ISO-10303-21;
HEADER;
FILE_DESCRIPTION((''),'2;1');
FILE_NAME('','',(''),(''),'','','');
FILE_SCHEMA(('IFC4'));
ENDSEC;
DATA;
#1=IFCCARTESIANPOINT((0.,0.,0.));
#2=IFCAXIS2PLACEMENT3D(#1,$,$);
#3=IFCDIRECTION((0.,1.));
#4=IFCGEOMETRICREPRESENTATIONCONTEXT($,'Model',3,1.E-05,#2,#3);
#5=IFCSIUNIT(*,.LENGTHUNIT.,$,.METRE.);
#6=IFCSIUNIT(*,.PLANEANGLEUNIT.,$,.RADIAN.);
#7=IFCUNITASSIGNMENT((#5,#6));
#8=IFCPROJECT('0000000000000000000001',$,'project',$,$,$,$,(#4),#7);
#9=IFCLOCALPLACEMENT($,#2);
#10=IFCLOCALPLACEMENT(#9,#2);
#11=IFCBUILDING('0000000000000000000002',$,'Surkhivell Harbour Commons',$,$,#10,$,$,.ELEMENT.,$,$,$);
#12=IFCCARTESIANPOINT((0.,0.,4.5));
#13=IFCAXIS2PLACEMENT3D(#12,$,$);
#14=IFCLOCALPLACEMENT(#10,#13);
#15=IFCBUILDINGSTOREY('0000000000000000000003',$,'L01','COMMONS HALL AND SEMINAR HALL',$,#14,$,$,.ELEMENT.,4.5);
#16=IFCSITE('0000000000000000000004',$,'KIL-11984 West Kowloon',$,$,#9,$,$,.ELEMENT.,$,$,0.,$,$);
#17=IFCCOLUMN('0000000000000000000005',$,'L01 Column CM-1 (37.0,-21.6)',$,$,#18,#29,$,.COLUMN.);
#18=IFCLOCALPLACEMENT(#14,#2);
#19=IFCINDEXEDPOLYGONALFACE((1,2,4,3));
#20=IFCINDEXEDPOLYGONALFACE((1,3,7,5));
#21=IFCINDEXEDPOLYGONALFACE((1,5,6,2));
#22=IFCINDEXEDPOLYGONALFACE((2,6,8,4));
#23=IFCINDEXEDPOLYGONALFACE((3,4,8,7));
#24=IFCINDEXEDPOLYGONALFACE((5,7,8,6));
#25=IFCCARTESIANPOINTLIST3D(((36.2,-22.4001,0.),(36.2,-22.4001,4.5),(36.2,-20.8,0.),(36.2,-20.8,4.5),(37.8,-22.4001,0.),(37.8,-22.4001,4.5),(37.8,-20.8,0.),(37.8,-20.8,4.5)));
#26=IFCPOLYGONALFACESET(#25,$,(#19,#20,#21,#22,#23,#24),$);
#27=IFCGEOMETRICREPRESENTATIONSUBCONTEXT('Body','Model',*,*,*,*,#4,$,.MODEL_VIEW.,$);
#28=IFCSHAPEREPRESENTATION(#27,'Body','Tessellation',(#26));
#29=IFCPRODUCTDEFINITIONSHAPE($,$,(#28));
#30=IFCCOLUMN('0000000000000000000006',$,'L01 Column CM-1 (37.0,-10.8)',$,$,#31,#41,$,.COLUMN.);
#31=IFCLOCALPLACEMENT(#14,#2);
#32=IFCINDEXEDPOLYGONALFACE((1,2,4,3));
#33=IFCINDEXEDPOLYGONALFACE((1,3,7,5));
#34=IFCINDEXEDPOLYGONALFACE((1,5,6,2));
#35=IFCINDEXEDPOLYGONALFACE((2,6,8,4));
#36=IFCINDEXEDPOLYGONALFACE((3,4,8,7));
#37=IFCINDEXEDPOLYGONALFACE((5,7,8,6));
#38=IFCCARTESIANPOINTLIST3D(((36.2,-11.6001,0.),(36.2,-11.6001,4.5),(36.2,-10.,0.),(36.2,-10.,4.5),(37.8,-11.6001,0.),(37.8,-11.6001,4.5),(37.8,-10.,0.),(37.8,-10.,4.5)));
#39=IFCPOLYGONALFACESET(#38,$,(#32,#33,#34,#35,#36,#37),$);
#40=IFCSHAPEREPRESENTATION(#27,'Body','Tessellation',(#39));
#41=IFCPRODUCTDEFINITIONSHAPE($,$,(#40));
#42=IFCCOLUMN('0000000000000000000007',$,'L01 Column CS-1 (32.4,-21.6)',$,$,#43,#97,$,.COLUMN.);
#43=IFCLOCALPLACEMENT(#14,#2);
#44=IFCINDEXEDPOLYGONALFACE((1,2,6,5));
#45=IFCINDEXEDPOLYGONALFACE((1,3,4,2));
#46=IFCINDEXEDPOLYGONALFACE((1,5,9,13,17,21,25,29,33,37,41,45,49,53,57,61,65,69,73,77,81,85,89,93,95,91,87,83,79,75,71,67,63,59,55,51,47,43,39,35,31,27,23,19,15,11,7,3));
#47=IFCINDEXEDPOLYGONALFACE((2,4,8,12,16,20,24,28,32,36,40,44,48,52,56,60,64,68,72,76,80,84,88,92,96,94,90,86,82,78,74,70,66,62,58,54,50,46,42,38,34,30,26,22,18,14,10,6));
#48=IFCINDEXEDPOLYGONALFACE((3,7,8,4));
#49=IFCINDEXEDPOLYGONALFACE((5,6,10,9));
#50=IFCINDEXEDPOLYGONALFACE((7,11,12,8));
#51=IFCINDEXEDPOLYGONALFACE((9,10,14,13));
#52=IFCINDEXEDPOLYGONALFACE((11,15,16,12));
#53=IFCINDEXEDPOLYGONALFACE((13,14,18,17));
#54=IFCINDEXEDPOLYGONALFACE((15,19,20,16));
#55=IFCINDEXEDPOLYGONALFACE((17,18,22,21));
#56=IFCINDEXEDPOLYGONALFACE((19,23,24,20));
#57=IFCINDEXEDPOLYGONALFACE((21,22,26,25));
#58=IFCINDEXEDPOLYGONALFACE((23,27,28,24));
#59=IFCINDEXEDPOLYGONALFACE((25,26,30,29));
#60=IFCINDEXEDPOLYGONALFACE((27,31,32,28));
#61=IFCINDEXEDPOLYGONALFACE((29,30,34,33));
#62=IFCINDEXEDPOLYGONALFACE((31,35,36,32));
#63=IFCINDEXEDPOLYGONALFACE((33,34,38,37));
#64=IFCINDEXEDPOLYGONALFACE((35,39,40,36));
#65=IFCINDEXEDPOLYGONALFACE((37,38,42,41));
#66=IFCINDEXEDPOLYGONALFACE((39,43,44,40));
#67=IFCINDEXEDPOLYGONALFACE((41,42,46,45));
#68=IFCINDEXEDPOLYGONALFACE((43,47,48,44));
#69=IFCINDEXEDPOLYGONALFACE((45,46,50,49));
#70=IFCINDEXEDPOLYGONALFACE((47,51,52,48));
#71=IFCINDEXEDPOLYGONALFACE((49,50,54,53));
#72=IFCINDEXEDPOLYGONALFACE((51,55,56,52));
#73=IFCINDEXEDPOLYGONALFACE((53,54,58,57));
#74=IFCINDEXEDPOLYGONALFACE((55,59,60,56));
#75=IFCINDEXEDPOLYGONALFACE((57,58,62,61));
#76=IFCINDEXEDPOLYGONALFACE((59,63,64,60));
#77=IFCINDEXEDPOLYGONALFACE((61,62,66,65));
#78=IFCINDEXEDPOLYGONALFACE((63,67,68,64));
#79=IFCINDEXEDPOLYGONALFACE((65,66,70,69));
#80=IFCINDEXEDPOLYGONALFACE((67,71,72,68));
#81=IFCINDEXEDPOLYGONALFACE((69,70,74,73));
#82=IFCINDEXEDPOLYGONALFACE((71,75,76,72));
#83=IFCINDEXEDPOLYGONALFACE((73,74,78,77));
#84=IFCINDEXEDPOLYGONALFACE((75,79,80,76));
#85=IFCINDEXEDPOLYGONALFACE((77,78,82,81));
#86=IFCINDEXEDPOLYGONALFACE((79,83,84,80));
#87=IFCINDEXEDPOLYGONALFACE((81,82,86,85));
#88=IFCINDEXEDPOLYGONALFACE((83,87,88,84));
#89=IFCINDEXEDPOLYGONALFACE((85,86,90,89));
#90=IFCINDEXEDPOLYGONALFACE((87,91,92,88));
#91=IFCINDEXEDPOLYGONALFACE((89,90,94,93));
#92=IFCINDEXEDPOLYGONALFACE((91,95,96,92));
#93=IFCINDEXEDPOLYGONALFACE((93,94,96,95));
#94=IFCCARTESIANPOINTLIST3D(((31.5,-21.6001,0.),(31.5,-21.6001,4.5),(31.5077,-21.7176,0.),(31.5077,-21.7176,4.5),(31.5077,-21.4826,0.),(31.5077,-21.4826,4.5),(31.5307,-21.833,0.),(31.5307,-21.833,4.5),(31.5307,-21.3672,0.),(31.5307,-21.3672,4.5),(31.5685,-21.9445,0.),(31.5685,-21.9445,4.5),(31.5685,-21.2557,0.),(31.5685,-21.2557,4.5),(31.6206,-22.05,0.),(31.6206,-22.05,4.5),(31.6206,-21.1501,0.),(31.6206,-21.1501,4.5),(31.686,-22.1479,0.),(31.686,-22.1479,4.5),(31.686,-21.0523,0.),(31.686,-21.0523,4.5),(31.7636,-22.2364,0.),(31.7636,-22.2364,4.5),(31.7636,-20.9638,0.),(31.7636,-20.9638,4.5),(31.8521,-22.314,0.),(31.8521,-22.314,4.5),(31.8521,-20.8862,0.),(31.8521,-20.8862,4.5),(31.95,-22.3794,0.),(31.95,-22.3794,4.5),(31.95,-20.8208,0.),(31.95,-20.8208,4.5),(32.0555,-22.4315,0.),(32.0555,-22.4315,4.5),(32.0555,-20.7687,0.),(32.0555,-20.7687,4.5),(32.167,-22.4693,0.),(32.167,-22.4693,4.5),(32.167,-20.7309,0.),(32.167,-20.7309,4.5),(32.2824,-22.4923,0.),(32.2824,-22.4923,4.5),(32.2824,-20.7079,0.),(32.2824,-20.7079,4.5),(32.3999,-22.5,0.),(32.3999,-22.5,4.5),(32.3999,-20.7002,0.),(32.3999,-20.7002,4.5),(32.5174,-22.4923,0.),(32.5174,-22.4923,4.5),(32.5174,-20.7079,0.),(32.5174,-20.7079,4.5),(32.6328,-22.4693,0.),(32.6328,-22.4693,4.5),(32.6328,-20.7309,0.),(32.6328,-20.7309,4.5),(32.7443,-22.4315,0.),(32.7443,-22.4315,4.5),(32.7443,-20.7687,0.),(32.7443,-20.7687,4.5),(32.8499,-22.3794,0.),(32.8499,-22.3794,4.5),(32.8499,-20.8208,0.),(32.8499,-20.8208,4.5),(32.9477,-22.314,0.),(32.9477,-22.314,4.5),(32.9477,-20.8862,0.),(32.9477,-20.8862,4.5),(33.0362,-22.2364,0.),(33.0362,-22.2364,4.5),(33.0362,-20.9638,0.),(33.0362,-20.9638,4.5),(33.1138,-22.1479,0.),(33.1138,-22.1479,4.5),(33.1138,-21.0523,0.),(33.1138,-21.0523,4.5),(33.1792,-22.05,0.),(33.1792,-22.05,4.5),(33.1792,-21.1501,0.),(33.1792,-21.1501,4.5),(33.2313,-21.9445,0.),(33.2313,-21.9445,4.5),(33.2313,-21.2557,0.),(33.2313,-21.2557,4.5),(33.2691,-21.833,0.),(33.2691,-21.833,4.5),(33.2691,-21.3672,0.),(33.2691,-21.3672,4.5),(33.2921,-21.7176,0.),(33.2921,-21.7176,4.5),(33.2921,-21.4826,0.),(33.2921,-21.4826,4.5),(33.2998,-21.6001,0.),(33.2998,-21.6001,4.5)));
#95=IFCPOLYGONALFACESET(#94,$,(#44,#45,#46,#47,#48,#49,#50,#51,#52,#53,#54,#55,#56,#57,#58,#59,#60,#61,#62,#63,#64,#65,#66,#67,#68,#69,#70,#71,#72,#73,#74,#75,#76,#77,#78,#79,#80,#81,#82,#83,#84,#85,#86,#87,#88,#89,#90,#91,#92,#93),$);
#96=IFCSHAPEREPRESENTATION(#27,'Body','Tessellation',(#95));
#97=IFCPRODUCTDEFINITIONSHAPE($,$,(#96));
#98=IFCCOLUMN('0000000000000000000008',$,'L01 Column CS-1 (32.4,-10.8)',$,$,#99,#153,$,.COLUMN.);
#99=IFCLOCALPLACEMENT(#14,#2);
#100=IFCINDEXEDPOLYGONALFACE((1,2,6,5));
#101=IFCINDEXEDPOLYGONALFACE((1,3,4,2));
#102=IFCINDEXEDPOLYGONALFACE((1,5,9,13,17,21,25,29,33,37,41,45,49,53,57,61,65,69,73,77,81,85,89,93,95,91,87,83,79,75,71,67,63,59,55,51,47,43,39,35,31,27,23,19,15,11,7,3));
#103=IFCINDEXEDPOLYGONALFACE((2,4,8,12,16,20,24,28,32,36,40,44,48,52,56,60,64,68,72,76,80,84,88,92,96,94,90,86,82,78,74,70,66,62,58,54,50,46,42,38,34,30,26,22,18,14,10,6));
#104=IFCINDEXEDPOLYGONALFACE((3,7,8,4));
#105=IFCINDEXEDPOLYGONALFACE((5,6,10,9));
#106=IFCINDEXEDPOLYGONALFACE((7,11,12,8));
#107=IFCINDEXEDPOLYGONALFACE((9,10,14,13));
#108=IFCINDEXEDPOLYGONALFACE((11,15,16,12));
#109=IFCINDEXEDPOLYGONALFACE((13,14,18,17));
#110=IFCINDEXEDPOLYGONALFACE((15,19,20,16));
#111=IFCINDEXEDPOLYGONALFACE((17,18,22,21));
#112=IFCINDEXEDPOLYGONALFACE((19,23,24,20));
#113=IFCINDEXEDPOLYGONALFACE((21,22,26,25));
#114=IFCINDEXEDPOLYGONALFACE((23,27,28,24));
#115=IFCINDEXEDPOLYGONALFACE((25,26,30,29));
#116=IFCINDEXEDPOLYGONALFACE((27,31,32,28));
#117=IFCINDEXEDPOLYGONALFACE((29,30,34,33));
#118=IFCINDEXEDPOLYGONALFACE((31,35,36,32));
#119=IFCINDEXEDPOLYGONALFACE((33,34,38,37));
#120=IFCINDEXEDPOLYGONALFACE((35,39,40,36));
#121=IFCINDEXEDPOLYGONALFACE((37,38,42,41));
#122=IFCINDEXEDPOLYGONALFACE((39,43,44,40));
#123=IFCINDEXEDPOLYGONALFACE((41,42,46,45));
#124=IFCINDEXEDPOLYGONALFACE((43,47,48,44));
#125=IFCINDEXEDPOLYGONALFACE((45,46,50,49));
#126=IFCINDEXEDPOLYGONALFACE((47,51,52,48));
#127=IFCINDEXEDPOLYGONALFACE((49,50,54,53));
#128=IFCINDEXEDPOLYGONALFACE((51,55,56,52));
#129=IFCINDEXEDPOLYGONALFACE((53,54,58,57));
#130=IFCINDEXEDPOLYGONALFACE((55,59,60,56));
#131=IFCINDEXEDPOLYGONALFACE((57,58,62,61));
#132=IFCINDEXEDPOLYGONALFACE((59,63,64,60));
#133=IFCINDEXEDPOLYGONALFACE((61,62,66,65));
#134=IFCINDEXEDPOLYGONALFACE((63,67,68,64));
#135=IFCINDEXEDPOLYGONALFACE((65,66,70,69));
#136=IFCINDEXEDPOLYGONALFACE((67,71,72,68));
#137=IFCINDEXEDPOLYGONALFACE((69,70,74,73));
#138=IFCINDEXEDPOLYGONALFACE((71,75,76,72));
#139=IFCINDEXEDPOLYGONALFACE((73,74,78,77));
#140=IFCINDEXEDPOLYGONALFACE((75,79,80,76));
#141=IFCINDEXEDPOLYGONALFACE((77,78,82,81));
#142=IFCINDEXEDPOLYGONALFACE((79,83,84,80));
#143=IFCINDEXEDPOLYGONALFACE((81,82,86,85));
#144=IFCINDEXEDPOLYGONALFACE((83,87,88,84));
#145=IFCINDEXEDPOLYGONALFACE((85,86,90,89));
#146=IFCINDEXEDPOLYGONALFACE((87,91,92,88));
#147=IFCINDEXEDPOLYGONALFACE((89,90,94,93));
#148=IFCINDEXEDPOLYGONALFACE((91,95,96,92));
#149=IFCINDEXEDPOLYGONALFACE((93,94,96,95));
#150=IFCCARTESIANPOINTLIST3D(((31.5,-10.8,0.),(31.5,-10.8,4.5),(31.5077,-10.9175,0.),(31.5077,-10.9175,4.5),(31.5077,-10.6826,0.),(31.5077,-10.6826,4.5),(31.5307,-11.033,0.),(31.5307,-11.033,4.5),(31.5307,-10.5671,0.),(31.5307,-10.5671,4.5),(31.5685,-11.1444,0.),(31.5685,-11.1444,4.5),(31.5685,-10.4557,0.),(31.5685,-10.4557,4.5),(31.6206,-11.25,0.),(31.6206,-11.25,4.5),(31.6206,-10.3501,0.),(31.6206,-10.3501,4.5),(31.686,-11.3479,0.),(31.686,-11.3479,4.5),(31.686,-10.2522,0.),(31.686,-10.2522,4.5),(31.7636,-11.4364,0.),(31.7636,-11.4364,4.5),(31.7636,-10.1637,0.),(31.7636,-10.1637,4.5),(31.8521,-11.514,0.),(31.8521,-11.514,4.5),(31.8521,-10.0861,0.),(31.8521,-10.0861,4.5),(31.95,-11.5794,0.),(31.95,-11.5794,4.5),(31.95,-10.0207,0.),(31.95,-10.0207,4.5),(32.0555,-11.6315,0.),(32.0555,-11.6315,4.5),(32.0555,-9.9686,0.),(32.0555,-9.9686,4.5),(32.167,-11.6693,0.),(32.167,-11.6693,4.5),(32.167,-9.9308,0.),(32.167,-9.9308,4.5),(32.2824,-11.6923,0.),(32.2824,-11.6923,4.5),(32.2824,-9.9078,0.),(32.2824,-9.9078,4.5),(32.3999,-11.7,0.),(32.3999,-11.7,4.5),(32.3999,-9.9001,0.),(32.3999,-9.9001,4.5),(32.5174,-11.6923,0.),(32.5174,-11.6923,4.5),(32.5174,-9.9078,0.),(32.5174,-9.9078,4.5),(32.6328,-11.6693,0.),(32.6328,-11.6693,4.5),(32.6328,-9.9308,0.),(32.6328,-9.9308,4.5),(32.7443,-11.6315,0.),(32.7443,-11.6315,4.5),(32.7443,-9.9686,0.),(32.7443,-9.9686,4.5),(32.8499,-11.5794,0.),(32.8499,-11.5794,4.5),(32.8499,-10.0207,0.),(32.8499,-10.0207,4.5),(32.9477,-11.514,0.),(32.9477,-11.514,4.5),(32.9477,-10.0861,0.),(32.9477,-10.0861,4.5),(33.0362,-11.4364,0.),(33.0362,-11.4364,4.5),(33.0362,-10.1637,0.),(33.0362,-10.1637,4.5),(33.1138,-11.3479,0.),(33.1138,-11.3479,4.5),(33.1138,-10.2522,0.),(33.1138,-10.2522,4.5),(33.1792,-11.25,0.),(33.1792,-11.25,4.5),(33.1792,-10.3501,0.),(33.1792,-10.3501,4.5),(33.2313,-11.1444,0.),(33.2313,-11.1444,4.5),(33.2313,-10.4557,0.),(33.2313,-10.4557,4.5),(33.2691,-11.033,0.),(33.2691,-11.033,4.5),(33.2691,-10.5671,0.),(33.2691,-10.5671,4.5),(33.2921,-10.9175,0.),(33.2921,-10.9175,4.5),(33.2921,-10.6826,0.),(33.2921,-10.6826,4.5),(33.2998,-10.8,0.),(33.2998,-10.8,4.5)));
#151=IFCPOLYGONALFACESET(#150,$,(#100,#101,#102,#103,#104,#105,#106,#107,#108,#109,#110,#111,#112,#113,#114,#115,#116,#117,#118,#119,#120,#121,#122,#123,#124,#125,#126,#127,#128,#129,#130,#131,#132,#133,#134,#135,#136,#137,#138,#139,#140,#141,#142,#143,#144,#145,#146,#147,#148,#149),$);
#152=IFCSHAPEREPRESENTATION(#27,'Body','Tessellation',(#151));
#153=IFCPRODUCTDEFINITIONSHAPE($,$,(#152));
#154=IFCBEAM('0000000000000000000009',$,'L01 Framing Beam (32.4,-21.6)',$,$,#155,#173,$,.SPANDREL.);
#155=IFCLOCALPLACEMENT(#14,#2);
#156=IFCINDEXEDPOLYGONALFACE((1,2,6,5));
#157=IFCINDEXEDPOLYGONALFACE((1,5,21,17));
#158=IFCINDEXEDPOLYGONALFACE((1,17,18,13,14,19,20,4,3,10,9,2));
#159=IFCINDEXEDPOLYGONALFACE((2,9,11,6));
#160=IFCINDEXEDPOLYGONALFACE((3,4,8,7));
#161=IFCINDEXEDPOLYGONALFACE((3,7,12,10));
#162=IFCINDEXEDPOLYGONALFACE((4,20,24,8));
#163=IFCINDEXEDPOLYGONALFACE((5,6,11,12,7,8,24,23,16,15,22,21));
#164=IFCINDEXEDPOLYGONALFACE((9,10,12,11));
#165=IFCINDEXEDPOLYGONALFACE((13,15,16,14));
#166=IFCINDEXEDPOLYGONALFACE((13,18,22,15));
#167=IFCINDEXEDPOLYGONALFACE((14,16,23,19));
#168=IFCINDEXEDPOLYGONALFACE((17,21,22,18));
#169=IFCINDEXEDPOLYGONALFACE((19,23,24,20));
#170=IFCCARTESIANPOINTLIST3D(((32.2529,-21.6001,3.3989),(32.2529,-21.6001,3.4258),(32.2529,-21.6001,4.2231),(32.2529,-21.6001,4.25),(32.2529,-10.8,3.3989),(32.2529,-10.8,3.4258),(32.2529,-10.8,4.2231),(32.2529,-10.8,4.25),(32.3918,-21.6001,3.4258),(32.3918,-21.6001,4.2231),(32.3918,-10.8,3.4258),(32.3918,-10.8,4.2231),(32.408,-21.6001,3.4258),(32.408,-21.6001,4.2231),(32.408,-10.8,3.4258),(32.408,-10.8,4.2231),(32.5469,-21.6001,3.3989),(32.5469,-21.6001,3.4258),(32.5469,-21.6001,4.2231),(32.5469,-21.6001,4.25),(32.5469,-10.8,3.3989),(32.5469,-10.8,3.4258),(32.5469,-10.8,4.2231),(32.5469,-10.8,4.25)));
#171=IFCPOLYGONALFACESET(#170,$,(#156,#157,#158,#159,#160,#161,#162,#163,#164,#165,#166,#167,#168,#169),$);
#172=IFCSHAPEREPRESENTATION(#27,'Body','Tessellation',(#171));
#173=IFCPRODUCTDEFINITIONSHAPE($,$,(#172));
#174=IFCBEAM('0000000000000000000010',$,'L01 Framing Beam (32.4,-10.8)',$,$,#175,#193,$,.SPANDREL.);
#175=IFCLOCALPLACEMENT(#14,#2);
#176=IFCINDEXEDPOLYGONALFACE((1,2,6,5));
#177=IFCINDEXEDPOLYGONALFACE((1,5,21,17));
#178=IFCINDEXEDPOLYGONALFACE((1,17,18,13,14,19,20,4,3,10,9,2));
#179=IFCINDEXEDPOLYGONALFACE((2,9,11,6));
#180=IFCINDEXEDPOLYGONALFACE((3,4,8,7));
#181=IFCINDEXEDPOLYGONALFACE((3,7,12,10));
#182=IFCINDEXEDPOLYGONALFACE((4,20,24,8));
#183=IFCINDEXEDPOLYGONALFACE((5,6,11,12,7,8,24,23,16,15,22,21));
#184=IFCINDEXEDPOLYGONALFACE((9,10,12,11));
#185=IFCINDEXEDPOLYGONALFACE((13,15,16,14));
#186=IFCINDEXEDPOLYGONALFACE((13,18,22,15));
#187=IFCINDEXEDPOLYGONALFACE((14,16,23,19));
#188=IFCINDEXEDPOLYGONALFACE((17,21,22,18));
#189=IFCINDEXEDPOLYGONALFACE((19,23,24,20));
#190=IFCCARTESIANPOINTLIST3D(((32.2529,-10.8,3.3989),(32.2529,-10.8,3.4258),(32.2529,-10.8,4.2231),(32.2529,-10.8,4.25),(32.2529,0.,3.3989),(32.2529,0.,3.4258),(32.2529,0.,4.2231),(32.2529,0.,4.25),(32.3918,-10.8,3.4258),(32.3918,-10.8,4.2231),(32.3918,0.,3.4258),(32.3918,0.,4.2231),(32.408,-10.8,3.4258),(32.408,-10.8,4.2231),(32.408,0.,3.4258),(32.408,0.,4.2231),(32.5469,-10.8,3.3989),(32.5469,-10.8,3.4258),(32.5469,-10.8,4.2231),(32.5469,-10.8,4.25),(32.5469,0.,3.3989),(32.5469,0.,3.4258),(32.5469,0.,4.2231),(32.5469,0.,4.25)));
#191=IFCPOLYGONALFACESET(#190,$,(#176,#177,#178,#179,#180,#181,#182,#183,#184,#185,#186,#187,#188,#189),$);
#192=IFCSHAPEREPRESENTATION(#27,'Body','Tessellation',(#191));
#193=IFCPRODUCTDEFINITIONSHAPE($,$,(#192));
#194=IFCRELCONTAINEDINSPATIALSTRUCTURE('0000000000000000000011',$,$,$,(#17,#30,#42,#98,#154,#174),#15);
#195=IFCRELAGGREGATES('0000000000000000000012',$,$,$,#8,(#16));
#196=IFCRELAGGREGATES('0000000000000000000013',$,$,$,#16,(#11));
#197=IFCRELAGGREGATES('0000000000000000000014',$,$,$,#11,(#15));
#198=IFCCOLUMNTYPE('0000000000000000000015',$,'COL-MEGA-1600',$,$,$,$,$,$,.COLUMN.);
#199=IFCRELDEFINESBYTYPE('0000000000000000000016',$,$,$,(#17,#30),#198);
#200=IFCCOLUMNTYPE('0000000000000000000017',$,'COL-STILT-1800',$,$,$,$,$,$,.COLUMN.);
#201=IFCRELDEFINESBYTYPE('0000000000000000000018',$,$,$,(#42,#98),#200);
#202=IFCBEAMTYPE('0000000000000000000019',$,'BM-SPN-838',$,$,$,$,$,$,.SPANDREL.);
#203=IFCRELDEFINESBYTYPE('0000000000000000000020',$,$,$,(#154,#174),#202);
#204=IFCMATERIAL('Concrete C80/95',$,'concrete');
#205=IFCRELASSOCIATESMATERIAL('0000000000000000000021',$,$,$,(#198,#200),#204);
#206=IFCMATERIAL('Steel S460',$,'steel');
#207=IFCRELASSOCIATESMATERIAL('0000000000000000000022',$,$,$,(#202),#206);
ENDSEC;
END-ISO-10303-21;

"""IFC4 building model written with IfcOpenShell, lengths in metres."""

from ifc_helpers import new_model, si_unit, direction, frame, origin, origin_2d, place, context, subcontext, project, spatial, rectangle, circle, i_section, extrude, material, material_profile, profile_set, type_object, element, save


model = new_model("IFC4")

# Units and contexts
model_context = context("Model", 3, precision=1e-05, world=origin(), true_north=direction((0.0, 1.0)))
body_context = subcontext(model_context, "Body", "Model", "MODEL_VIEW")
ifc_project = project(units=[si_unit("LENGTHUNIT", "METRE"), si_unit("PLANEANGLEUNIT", "RADIAN")], contexts=[model_context])

# Site, building, storey
site_placement = place(None, origin())
site = spatial("IfcSite", under=ifc_project, at=site_placement, Name="KIL-11984 West Kowloon", CompositionType="ELEMENT", RefElevation=0.0)
building_placement = place(site_placement, origin())
building = spatial("IfcBuilding", under=site, at=building_placement, Name="Surkhivell Harbour Commons", CompositionType="ELEMENT")
storey_placement = place(building_placement, frame((0.0, 0.0, 4.5)))
storey = spatial("IfcBuildingStorey", under=building, at=storey_placement, Name="L01", Description="COMMONS HALL AND SEMINAR HALL", CompositionType="ELEMENT", Elevation=4.5)

# Columns
ifc_material_1 = material(Name="Concrete C80/95", Category="concrete")
ifc_material_profile_1 = material_profile(ifc_material_1, rectangle(XDim=1.6001, YDim=1.6001, at=origin_2d()), Name="RC-COL-1600x1600")
ifc_profile_set_1 = profile_set([ifc_material_profile_1], Name="Concrete C80/95")
column_type_1 = type_object("IfcColumnType", Name="COL-MEGA-1600", PredefinedType="COLUMN", material=ifc_profile_set_1)
for number, where, z_axis, x_axis, name in (
    (1, (37.0, -21.6001, 0.0), (0.0, 0.0, 1.0), (1.0, 0.0, 0.0), "L01 Column CM-1 (37.0,-21.6)"),
    (2, (37.0, -10.8, 0.0), (0.0, 0.0, 1.0), (1.0, 0.0, 0.0), "L01 Column CM-1 (37.0,-10.8)"),
):
    element("IfcColumn", number, at=place(storey_placement, frame(where, z_axis=z_axis, x_axis=x_axis)), inside=storey, type_object=column_type_1, Name=name, PredefinedType="COLUMN", context=body_context, shape_type="SweptSolid", body=[
        extrude(rectangle(XDim=1.6001, YDim=1.6001, at=origin_2d()), origin(), (0.0, 0.0, 1.0), 4.5),
    ])
ifc_material_profile_2 = material_profile(ifc_material_1, circle(Radius=0.8999, at=origin_2d()), Name="RC-CIRC-1800")
ifc_profile_set_2 = profile_set([ifc_material_profile_2], Name="Concrete C80/95")
column_type_2 = type_object("IfcColumnType", Name="COL-STILT-1800", PredefinedType="COLUMN", material=ifc_profile_set_2)
for number, where, z_axis, x_axis, name in (
    (3, (32.3999, -21.6001, 0.0), (0.0, 0.0, 1.0), (1.0, 0.0, 0.0), "L01 Column CS-1 (32.4,-21.6)"),
    (4, (32.3999, -10.8, 0.0), (0.0, 0.0, 1.0), (1.0, 0.0, 0.0), "L01 Column CS-1 (32.4,-10.8)"),
):
    element("IfcColumn", number, at=place(storey_placement, frame(where, z_axis=z_axis, x_axis=x_axis)), inside=storey, type_object=column_type_2, Name=name, PredefinedType="COLUMN", context=body_context, shape_type="SweptSolid", body=[
        extrude(circle(Radius=0.8999, at=origin_2d()), origin(), (0.0, 0.0, 1.0), 4.5),
    ])

# Beams
ifc_material_2 = material(Name="Steel S460", Category="steel")
ifc_material_profile_3 = material_profile(ifc_material_2, i_section(OverallWidth=0.2939, OverallDepth=0.8511, WebThickness=0.0161, FlangeThickness=0.0269, at=origin_2d()), Name="UB838x292x226")
ifc_profile_set_3 = profile_set([ifc_material_profile_3], Name="Steel S460")
beam_type = type_object("IfcBeamType", Name="BM-SPN-838", PredefinedType="SPANDREL", material=ifc_profile_set_3)
for number, where, z_axis, x_axis, name in (
    (5, (32.3999, -21.6001, 3.8245), (0.0, 1.0, 0.0), (-1.0, 0.0, 0.0), "L01 Framing Beam (32.4,-21.6)"),
    (6, (32.3999, -10.8, 3.8245), (0.0, 1.0, 0.0), (-1.0, 0.0, 0.0), "L01 Framing Beam (32.4,-10.8)"),
):
    element("IfcBeam", number, at=place(storey_placement, frame(where, z_axis=z_axis, x_axis=x_axis)), inside=storey, type_object=beam_type, Name=name, PredefinedType="SPANDREL", context=body_context, shape_type="SweptSolid", body=[
        extrude(i_section(OverallWidth=0.2939, OverallDepth=0.8511, WebThickness=0.0161, FlangeThickness=0.0269, at=origin_2d()), origin(), (0.0, 0.0, 1.0), 10.8),
    ])

save(model, "model.ifc")
